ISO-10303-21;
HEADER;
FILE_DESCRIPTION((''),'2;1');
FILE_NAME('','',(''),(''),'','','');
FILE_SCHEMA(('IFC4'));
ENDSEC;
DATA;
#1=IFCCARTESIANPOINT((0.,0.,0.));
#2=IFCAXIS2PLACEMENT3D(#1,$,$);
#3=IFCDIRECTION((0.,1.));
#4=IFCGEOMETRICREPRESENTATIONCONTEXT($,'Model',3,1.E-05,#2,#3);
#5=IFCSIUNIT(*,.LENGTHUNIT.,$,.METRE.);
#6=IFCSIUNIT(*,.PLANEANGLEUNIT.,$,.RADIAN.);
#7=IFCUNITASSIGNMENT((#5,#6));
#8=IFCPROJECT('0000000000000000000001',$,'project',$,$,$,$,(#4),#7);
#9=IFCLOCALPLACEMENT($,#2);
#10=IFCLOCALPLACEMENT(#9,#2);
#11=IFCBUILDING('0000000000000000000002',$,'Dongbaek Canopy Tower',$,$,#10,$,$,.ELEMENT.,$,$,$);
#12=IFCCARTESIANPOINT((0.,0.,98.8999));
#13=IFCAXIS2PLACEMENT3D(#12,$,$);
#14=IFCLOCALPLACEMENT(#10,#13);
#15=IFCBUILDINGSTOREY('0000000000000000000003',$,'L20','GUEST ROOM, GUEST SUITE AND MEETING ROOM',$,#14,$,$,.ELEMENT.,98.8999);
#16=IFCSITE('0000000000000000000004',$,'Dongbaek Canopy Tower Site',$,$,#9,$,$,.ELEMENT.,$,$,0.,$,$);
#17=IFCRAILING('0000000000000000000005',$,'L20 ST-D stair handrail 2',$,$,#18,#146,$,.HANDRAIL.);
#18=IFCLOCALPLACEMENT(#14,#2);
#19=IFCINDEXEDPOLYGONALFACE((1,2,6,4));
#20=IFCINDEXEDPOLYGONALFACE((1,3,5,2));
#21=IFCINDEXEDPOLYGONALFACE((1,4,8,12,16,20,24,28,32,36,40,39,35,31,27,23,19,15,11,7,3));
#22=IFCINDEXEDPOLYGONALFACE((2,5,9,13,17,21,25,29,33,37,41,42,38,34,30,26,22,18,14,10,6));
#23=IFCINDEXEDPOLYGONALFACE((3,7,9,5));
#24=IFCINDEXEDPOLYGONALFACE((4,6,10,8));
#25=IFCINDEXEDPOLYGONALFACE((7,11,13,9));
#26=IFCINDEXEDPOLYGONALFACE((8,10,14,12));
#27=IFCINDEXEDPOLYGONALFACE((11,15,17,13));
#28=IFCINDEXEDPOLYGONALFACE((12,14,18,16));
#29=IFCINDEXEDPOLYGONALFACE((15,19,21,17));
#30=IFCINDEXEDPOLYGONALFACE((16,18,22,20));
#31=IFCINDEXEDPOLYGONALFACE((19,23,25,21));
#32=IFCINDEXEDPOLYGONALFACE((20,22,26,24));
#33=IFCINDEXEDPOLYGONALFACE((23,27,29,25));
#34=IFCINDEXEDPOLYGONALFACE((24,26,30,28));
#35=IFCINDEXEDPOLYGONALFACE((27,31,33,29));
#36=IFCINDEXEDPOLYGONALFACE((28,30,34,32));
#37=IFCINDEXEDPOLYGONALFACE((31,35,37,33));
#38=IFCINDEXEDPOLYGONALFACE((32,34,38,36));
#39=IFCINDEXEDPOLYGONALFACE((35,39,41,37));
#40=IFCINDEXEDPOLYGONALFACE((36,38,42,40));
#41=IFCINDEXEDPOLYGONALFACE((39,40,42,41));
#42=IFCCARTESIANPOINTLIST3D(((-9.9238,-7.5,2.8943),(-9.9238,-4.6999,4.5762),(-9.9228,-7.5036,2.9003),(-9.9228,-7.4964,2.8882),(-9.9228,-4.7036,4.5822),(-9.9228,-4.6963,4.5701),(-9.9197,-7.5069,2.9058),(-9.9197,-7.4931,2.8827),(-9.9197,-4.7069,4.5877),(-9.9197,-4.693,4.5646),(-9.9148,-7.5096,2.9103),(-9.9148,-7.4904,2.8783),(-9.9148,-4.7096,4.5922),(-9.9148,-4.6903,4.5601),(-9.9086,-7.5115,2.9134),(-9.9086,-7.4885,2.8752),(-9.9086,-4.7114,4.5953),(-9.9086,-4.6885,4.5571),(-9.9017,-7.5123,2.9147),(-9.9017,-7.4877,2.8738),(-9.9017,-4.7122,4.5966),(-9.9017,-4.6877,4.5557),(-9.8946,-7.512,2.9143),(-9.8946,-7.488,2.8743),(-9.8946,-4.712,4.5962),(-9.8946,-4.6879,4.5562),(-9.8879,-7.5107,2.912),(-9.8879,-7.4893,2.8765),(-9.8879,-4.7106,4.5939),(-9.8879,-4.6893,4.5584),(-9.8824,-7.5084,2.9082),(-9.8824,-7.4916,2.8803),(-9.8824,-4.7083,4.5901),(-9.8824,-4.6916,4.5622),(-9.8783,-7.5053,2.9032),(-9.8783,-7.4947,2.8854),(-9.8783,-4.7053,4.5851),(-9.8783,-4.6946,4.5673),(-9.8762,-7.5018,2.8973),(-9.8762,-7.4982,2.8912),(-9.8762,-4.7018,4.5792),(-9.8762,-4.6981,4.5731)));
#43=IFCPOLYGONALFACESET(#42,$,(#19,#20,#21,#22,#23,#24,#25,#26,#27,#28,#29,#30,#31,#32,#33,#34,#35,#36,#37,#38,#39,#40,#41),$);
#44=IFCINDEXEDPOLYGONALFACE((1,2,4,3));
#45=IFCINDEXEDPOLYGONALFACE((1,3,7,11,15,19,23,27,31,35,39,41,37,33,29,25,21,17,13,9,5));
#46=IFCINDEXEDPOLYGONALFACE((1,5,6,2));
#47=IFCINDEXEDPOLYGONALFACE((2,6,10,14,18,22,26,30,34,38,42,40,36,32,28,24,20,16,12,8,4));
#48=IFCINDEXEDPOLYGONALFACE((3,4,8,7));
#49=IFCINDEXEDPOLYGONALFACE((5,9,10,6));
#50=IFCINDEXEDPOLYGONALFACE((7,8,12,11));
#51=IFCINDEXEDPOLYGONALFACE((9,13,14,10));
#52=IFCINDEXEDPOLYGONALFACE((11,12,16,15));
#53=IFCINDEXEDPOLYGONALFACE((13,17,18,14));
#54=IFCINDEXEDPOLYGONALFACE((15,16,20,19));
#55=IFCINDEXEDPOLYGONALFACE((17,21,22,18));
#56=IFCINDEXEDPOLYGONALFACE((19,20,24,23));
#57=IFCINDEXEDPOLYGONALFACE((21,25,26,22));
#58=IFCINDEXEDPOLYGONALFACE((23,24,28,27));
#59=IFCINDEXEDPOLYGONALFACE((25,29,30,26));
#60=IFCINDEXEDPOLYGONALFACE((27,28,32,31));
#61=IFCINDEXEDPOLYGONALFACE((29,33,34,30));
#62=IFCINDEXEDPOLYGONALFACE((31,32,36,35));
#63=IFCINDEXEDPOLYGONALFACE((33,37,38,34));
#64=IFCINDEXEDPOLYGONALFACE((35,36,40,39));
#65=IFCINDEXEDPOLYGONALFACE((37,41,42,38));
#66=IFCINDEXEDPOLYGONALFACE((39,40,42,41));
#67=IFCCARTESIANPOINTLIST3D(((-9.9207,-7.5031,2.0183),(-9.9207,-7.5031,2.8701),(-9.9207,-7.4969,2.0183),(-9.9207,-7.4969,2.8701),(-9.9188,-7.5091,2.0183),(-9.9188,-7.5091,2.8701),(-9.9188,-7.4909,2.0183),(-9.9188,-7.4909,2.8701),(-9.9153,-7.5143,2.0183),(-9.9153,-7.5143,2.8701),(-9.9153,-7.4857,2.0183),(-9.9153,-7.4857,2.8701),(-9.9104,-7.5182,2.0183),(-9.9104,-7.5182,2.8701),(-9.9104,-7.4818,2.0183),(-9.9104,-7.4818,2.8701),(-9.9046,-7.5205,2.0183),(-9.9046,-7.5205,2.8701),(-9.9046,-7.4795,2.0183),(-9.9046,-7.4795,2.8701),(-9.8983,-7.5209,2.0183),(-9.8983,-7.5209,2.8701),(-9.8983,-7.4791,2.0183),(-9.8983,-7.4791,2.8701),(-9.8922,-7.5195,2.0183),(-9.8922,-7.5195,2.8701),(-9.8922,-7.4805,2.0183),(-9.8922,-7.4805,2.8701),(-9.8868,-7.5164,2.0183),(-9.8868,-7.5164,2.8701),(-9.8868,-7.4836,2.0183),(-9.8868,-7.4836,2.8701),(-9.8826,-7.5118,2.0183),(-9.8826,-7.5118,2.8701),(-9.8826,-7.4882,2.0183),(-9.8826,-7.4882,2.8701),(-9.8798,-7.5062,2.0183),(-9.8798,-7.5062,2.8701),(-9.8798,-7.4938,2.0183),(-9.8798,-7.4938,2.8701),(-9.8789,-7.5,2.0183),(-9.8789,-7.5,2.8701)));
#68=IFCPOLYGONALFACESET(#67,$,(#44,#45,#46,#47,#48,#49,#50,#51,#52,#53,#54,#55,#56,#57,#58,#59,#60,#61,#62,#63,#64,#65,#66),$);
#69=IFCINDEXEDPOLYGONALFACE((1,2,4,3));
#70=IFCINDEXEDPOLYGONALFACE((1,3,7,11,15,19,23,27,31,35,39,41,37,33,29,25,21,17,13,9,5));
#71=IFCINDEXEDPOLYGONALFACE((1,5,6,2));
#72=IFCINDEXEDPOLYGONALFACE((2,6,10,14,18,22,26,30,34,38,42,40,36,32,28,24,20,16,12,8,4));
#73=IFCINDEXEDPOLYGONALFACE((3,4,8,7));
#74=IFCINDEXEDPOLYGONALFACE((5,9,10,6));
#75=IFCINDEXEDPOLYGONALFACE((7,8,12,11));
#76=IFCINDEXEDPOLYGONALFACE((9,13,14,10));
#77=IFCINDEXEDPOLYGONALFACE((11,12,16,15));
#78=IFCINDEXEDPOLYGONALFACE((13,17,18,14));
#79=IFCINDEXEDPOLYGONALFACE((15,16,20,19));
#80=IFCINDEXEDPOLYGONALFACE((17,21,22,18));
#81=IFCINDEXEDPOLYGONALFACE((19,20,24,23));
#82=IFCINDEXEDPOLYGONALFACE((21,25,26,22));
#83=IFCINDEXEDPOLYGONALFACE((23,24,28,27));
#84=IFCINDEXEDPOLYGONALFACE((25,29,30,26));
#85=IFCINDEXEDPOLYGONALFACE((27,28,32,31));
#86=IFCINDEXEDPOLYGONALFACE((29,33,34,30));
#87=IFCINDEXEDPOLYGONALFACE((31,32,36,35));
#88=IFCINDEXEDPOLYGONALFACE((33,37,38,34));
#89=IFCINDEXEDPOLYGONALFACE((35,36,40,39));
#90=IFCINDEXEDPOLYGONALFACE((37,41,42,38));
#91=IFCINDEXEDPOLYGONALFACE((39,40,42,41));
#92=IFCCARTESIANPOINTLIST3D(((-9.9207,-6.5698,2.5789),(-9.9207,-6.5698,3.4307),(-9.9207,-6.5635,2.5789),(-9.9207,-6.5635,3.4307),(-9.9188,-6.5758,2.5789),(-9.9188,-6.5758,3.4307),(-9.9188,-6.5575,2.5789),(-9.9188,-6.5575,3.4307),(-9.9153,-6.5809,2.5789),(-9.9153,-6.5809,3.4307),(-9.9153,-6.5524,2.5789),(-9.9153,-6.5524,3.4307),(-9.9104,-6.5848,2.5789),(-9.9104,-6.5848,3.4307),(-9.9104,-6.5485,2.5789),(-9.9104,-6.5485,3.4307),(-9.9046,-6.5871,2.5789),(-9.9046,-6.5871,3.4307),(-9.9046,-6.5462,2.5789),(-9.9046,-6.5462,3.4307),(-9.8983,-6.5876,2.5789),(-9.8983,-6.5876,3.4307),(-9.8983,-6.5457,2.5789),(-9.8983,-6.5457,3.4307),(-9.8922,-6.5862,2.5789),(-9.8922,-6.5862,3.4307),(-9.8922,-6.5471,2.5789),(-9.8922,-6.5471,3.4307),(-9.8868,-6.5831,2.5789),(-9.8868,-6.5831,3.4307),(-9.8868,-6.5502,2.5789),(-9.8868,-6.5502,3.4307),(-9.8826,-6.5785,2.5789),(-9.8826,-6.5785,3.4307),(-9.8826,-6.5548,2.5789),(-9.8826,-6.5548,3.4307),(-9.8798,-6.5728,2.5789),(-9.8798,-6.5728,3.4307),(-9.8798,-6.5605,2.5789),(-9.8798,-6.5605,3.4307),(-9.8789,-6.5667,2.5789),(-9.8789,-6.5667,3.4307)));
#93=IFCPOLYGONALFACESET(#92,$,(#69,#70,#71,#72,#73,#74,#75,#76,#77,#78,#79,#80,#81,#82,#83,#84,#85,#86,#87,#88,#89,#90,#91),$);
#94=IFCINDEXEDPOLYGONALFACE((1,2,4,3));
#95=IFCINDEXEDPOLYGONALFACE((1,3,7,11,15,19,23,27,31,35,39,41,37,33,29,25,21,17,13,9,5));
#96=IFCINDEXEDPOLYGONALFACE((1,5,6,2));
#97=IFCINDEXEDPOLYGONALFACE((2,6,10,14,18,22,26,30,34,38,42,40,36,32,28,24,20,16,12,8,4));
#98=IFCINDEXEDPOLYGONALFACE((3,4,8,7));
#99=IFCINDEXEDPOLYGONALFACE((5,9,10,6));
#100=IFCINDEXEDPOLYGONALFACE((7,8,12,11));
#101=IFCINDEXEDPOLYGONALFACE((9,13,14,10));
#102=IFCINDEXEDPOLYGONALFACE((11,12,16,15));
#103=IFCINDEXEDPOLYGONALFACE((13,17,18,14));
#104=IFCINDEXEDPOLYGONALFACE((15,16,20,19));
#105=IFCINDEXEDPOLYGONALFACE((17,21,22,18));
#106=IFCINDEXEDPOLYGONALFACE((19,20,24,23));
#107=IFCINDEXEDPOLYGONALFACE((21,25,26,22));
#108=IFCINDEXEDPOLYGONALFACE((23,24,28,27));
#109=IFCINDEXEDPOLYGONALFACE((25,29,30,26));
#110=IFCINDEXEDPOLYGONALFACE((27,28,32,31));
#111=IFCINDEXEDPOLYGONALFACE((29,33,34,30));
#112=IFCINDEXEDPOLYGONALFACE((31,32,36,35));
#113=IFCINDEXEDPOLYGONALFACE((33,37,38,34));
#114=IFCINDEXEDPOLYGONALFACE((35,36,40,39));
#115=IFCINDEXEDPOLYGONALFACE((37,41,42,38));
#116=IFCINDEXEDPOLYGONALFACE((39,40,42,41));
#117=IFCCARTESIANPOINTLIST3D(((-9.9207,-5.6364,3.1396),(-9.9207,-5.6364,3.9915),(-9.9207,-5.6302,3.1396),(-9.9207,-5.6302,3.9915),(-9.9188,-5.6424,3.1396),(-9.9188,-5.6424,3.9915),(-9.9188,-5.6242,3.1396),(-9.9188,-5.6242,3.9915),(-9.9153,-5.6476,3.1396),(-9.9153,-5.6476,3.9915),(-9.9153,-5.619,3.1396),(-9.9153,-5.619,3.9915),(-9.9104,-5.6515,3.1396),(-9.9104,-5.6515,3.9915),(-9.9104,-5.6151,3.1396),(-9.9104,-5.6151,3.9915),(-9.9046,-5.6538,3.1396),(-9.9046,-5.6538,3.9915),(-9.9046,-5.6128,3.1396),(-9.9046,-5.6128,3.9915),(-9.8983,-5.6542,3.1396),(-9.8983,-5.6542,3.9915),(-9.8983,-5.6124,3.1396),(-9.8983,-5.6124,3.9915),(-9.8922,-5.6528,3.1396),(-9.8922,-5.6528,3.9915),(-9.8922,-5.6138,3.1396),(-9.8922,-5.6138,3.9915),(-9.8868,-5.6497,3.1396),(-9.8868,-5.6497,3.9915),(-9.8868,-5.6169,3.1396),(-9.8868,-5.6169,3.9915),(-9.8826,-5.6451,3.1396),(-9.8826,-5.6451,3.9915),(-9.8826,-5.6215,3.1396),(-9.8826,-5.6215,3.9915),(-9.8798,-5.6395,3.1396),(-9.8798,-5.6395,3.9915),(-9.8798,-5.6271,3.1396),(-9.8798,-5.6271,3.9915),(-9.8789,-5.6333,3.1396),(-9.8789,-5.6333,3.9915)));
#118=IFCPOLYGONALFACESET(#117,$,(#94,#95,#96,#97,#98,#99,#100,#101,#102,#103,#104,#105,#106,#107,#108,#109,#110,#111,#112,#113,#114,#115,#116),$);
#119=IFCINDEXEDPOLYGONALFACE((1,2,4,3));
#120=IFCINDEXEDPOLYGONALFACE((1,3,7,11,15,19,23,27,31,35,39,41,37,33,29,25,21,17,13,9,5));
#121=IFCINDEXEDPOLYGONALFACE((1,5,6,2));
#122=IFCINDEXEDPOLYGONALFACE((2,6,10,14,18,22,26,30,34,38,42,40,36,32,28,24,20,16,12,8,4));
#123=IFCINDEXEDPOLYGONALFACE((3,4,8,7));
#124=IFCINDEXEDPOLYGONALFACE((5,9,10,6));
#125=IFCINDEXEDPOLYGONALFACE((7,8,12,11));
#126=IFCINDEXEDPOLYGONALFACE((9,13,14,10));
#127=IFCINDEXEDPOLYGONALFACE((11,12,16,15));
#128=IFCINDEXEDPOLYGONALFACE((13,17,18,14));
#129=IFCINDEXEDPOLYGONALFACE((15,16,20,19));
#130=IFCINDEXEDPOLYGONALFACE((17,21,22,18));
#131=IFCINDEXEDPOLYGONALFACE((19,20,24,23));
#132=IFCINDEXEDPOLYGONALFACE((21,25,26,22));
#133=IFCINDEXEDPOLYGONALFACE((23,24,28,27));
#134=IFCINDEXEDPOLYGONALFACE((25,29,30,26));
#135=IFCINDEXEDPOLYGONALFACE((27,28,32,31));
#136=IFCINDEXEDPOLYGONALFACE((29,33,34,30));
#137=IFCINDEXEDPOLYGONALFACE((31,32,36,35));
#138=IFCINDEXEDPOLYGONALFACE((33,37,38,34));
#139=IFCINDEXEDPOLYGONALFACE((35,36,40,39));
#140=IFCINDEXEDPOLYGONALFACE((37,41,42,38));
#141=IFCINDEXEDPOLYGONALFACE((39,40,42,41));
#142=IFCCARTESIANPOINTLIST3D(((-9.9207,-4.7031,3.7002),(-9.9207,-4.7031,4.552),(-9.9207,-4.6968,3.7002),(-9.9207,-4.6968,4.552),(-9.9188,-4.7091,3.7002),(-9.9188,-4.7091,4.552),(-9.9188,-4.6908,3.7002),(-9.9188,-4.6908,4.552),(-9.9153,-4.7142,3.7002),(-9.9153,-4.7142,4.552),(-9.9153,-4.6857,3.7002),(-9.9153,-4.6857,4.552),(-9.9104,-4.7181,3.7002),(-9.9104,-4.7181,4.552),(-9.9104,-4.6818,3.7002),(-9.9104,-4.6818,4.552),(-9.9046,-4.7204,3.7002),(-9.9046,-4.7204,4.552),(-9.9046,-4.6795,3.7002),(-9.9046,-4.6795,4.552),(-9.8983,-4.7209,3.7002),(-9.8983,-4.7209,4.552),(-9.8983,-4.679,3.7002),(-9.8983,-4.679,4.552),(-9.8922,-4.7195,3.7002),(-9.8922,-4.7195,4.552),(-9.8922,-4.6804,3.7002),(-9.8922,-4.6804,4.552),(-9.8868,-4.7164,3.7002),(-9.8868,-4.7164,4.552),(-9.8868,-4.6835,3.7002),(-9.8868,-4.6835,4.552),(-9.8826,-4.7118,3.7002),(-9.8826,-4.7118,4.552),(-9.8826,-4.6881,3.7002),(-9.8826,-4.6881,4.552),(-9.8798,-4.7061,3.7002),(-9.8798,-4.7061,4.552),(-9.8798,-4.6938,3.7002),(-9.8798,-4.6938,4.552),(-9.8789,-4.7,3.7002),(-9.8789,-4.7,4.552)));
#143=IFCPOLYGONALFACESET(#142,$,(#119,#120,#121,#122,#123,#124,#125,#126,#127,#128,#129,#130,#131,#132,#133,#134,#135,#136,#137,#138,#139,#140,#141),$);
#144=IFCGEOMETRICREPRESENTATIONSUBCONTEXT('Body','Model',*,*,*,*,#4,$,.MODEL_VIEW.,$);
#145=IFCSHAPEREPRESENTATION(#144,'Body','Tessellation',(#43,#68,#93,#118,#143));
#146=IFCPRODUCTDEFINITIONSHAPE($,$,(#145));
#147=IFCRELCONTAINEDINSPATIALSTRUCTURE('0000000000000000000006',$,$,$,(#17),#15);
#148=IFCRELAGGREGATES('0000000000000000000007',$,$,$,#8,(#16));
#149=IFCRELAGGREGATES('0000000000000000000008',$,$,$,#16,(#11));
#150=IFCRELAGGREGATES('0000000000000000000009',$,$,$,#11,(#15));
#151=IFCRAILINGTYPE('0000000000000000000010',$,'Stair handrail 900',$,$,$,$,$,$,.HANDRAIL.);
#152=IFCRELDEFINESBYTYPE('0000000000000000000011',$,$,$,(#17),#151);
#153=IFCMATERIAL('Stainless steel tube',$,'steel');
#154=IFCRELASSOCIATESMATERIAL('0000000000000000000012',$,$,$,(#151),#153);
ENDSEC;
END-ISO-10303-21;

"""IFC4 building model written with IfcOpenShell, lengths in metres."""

from ifc_helpers import new_model, si_unit, direction, frame, origin, origin_2d, place, context, subcontext, project, spatial, circle, extrude, material, type_object, element, save


model = new_model("IFC4")

# Units and contexts
model_context = context("Model", 3, precision=1e-05, world=origin(), true_north=direction((0.0, 1.0)))
body_context = subcontext(model_context, "Body", "Model", "MODEL_VIEW")
ifc_project = project(units=[si_unit("LENGTHUNIT", "METRE"), si_unit("PLANEANGLEUNIT", "RADIAN")], contexts=[model_context])

# Site, building, storey
site_placement = place(None, origin())
site = spatial("IfcSite", under=ifc_project, at=site_placement, Name="Dongbaek Canopy Tower Site", CompositionType="ELEMENT", RefElevation=0.0)
building_placement = place(site_placement, origin())
building = spatial("IfcBuilding", under=site, at=building_placement, Name="Dongbaek Canopy Tower", CompositionType="ELEMENT")
storey_placement = place(building_placement, frame((0.0, 0.0, 98.8999)))
storey = spatial("IfcBuildingStorey", under=building, at=storey_placement, Name="L20", Description="GUEST ROOM, GUEST SUITE AND MEETING ROOM", CompositionType="ELEMENT", Elevation=98.8999)

# Railing
ifc_material_1 = material(Name="Stainless steel tube", Category="steel")
railing_type_1 = type_object("IfcRailingType", Name="Stair handrail 900", PredefinedType="HANDRAIL", material=ifc_material_1)
railing_1_placement = place(storey_placement, frame((-9.8999, -7.5, 2.0183)))
element("IfcRailing", 1, at=railing_1_placement, inside=storey, type_object=railing_type_1, Name="L20 ST-D stair handrail 2", PredefinedType="HANDRAIL", context=body_context, shape_type="SweptSolid", body=[
    extrude(circle(Radius=0.0239, at=origin_2d()), frame((0.0, 0.0, 0.876), z_axis=(0.0, 0.857242, 0.514913), x_axis=(-1.0, 0.0, 0.0)), (0.0, 0.0, 1.0), 3.2664),
    extrude(circle(Radius=0.021, at=origin_2d()), origin(), (0.0, 0.0, 1.0), 0.8518),
    extrude(circle(Radius=0.021, at=origin_2d()), frame((0.0, 0.9333, 0.5605)), (0.0, 0.0, 1.0), 0.8518),
    extrude(circle(Radius=0.021, at=origin_2d()), frame((0.0, 1.8667, 1.1213)), (0.0, 0.0, 1.0), 0.8518),
    extrude(circle(Radius=0.021, at=origin_2d()), frame((0.0, 2.8, 1.6819)), (0.0, 0.0, 1.0), 0.8518),
])

save(model, "model.ifc")
